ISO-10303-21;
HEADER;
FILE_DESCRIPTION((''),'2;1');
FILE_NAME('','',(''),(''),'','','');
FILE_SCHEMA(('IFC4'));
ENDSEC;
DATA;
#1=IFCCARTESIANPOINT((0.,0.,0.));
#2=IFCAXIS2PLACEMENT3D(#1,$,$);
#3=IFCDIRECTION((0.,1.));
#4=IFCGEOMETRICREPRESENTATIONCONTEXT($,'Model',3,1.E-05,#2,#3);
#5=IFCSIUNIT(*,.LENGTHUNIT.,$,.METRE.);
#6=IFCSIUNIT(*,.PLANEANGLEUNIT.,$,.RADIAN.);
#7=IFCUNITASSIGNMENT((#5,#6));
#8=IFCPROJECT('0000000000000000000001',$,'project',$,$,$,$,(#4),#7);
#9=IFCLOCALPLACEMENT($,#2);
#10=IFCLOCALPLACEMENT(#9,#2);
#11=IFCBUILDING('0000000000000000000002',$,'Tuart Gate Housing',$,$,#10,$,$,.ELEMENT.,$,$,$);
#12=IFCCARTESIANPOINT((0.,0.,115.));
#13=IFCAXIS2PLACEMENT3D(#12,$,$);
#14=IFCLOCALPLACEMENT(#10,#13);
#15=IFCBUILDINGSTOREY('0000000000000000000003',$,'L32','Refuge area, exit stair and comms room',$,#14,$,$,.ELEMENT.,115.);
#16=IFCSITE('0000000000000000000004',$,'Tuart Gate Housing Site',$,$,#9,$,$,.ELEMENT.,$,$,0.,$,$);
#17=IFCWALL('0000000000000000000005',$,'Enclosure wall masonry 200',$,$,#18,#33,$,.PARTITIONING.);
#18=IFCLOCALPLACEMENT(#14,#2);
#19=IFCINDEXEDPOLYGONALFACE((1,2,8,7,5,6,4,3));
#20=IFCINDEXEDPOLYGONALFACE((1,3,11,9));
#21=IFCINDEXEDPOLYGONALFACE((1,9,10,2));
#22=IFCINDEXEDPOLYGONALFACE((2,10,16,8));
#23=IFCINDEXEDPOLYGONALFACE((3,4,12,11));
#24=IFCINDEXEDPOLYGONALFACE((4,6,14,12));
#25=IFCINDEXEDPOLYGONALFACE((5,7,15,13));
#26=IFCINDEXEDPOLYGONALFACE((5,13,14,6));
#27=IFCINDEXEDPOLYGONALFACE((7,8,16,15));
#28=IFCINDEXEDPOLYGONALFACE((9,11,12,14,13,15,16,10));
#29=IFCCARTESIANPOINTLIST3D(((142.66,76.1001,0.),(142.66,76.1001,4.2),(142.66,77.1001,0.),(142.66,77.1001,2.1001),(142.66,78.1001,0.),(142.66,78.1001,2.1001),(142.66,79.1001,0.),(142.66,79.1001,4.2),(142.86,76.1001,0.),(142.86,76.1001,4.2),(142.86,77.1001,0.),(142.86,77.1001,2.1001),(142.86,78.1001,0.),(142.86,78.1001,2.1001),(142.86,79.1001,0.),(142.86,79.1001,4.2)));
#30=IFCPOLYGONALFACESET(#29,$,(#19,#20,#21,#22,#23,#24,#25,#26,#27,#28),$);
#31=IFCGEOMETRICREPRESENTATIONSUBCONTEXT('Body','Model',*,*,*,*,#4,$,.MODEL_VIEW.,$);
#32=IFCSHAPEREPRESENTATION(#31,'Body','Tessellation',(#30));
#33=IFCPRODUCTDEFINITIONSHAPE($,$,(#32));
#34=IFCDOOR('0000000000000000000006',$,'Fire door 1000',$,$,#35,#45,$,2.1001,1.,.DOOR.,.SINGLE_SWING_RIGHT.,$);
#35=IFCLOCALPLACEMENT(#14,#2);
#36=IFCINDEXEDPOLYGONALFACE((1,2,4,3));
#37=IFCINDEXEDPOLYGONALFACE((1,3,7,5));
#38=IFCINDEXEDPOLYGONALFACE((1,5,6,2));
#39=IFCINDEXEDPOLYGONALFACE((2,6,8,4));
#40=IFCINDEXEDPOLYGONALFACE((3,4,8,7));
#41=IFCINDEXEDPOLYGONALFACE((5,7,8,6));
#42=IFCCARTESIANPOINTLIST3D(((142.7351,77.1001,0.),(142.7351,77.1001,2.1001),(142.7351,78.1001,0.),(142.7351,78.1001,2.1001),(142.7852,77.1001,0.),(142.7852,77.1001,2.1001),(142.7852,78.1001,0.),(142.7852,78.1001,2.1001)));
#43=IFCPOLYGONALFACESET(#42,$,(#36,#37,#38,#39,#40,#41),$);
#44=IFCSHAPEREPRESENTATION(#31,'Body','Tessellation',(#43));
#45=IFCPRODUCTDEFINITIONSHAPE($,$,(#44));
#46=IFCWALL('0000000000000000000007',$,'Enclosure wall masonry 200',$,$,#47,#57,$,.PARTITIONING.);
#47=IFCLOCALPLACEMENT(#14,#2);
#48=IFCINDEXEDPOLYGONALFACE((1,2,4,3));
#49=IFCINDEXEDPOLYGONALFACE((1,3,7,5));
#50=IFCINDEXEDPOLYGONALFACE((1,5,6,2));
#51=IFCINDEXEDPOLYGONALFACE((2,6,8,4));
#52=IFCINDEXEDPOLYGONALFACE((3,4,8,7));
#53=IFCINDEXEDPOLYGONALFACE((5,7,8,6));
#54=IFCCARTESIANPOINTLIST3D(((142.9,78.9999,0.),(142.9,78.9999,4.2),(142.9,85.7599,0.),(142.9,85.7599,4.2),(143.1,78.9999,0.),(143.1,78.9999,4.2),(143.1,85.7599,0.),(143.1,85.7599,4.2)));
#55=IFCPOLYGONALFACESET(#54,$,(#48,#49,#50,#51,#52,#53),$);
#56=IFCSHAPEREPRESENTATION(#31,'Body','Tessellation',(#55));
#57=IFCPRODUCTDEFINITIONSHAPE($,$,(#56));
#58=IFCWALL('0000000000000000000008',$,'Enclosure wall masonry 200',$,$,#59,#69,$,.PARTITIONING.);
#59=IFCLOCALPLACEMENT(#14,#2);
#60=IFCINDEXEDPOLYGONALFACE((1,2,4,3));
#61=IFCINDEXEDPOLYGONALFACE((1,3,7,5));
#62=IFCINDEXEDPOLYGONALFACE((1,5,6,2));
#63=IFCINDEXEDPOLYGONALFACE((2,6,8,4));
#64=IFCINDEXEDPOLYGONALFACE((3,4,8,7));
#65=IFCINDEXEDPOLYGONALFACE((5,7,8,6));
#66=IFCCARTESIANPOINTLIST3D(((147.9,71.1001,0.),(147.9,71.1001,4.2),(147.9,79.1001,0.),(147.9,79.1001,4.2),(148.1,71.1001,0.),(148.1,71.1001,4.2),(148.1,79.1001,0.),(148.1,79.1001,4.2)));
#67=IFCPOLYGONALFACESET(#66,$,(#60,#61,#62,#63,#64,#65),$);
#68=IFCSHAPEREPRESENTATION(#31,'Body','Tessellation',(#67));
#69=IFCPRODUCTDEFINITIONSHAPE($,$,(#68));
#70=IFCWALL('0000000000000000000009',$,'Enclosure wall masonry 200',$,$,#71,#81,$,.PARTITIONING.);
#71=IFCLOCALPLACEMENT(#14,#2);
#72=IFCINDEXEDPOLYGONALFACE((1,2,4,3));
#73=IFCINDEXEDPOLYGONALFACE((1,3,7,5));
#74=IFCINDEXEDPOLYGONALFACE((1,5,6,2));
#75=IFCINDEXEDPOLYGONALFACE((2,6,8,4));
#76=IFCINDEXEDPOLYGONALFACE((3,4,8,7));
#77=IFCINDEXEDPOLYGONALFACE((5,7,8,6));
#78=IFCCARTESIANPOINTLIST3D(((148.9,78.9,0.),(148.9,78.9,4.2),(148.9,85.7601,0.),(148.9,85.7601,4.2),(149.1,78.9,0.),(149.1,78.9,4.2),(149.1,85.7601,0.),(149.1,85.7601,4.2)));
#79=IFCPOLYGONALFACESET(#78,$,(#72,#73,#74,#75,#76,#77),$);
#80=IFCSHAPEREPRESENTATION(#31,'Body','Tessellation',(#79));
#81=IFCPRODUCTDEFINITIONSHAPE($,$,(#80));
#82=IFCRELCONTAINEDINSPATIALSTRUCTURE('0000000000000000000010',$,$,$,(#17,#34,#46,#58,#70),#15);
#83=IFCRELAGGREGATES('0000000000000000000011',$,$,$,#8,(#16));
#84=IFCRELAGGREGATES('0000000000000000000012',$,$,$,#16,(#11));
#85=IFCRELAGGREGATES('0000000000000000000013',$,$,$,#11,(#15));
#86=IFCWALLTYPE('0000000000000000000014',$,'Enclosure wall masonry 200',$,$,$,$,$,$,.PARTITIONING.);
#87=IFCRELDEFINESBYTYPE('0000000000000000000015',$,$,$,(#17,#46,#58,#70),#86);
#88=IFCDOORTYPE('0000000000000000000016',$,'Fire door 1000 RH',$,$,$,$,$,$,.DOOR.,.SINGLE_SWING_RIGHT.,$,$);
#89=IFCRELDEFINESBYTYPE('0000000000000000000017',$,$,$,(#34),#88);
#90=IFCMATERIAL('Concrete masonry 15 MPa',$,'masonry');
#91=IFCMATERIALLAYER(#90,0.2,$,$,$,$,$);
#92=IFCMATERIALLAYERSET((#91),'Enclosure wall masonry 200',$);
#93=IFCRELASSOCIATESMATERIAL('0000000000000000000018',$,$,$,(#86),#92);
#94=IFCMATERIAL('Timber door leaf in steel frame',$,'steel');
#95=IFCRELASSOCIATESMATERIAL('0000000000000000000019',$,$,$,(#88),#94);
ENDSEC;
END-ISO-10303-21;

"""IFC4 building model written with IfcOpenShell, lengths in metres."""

from ifc_helpers import new_model, si_unit, direction, frame, frame_2d, origin, place, context, subcontext, project, spatial, rectangle, extrude, material, layer, layer_set, type_object, element, fill, save


model = new_model("IFC4")

# Units and contexts
model_context = context("Model", 3, precision=1e-05, world=origin(), true_north=direction((0.0, 1.0)))
body_context = subcontext(model_context, "Body", "Model", "MODEL_VIEW")
ifc_project = project(units=[si_unit("LENGTHUNIT", "METRE"), si_unit("PLANEANGLEUNIT", "RADIAN")], contexts=[model_context])

# Site, building, storey
site_placement = place(None, origin())
site = spatial("IfcSite", under=ifc_project, at=site_placement, Name="Tuart Gate Housing Site", CompositionType="ELEMENT", RefElevation=0.0)
building_placement = place(site_placement, origin())
building = spatial("IfcBuilding", under=site, at=building_placement, Name="Tuart Gate Housing", CompositionType="ELEMENT")
storey_placement = place(building_placement, frame((0.0, 0.0, 115.0)))
storey = spatial("IfcBuildingStorey", under=building, at=storey_placement, Name="L32", Description="Refuge area, exit stair and comms room", CompositionType="ELEMENT", Elevation=115.0)

# Shared definitions
ifc_material_1 = material(Name="Concrete masonry 15 MPa", Category="masonry")
ifc_layer_1 = layer(ifc_material_1, 0.2)
ifc_layer_set_1 = layer_set([ifc_layer_1], Name="Enclosure wall masonry 200")
wall_type_1 = type_object("IfcWallType", Name="Enclosure wall masonry 200", PredefinedType="PARTITIONING", material=ifc_layer_set_1)

# Wall, opening, door
wall_1_placement = place(storey_placement, frame((142.76, 76.1001, 0.0), z_axis=(0.0, 0.0, 1.0), x_axis=(0.0, 1.0, 0.0)))
wall_1 = element("IfcWall", 1, at=wall_1_placement, inside=storey, type_object=wall_type_1, Name="Enclosure wall masonry 200", PredefinedType="PARTITIONING", context=body_context, shape_type="SweptSolid", body=[
    extrude(rectangle(XDim=3.0, YDim=0.2, at=frame_2d((1.5, 0.0))), origin(), (0.0, 0.0, 1.0), 4.2),
])
opening_1_placement = place(wall_1_placement, frame((1.0, 0.0, 0.0)))
opening_1 = element("IfcOpeningElement", 2, at=opening_1_placement, cuts=wall_1, PredefinedType="OPENING", context=body_context, shape_type="SweptSolid", body=[
    extrude(rectangle(XDim=1.0, YDim=2.1001, at=frame_2d((0.5, 1.05))), frame((0.0, 0.1099, 0.0), z_axis=(0.0, -1.0, 0.0), x_axis=(1.0, 0.0, 0.0)), (0.0, 0.0, 1.0), 0.22),
])
ifc_material_2 = material(Name="Timber door leaf in steel frame", Category="steel")
door_type_1 = type_object("IfcDoorType", Name="Fire door 1000 RH", OperationType="SINGLE_SWING_RIGHT", PredefinedType="DOOR", material=ifc_material_2)
door_1_placement = place(opening_1_placement, frame((1.0, 0.0, 0.0), z_axis=(0.0, 0.0, 1.0), x_axis=(-1.0, 0.0, 0.0)))
door_1 = element("IfcDoor", 3, at=door_1_placement, inside=storey, type_object=door_type_1, Name="Fire door 1000", OperationType="SINGLE_SWING_RIGHT", OverallHeight=2.1001, OverallWidth=1.0, PredefinedType="DOOR", context=body_context, shape_type="SweptSolid", body=[
    extrude(rectangle(XDim=1.0, YDim=2.1001, at=frame_2d((0.5, 1.05))), frame((0.0, 0.0251, 0.0), z_axis=(0.0, -1.0, 0.0), x_axis=(1.0, 0.0, 0.0)), (0.0, 0.0, 1.0), 0.05),
])
fill(opening_1, door_1)

# Walls
wall_2_placement = place(storey_placement, frame((143.0, 79.0, 0.0), z_axis=(0.0, 0.0, 1.0), x_axis=(0.0, 1.0, 0.0)))
element("IfcWall", 4, at=wall_2_placement, inside=storey, type_object=wall_type_1, Name="Enclosure wall masonry 200", PredefinedType="PARTITIONING", context=body_context, shape_type="SweptSolid", body=[
    extrude(rectangle(XDim=6.76, YDim=0.2, at=frame_2d((3.3799, 0.0))), origin(), (0.0, 0.0, 1.0), 4.2),
])
wall_3_placement = place(storey_placement, frame((148.0, 71.1001, 0.0), z_axis=(0.0, 0.0, 1.0), x_axis=(0.0, 1.0, 0.0)))
element("IfcWall", 5, at=wall_3_placement, inside=storey, type_object=wall_type_1, Name="Enclosure wall masonry 200", PredefinedType="PARTITIONING", context=body_context, shape_type="SweptSolid", body=[
    extrude(rectangle(XDim=8.0, YDim=0.2, at=frame_2d((4.0, 0.0))), origin(), (0.0, 0.0, 1.0), 4.2),
])
wall_4_placement = place(storey_placement, frame((149.0, 78.8999, 0.0), z_axis=(0.0, 0.0, 1.0), x_axis=(0.0, 1.0, 0.0)))
element("IfcWall", 6, at=wall_4_placement, inside=storey, type_object=wall_type_1, Name="Enclosure wall masonry 200", PredefinedType="PARTITIONING", context=body_context, shape_type="SweptSolid", body=[
    extrude(rectangle(XDim=6.8601, YDim=0.2, at=frame_2d((3.4302, 0.0))), origin(), (0.0, 0.0, 1.0), 4.2),
])

save(model, "model.ifc")
